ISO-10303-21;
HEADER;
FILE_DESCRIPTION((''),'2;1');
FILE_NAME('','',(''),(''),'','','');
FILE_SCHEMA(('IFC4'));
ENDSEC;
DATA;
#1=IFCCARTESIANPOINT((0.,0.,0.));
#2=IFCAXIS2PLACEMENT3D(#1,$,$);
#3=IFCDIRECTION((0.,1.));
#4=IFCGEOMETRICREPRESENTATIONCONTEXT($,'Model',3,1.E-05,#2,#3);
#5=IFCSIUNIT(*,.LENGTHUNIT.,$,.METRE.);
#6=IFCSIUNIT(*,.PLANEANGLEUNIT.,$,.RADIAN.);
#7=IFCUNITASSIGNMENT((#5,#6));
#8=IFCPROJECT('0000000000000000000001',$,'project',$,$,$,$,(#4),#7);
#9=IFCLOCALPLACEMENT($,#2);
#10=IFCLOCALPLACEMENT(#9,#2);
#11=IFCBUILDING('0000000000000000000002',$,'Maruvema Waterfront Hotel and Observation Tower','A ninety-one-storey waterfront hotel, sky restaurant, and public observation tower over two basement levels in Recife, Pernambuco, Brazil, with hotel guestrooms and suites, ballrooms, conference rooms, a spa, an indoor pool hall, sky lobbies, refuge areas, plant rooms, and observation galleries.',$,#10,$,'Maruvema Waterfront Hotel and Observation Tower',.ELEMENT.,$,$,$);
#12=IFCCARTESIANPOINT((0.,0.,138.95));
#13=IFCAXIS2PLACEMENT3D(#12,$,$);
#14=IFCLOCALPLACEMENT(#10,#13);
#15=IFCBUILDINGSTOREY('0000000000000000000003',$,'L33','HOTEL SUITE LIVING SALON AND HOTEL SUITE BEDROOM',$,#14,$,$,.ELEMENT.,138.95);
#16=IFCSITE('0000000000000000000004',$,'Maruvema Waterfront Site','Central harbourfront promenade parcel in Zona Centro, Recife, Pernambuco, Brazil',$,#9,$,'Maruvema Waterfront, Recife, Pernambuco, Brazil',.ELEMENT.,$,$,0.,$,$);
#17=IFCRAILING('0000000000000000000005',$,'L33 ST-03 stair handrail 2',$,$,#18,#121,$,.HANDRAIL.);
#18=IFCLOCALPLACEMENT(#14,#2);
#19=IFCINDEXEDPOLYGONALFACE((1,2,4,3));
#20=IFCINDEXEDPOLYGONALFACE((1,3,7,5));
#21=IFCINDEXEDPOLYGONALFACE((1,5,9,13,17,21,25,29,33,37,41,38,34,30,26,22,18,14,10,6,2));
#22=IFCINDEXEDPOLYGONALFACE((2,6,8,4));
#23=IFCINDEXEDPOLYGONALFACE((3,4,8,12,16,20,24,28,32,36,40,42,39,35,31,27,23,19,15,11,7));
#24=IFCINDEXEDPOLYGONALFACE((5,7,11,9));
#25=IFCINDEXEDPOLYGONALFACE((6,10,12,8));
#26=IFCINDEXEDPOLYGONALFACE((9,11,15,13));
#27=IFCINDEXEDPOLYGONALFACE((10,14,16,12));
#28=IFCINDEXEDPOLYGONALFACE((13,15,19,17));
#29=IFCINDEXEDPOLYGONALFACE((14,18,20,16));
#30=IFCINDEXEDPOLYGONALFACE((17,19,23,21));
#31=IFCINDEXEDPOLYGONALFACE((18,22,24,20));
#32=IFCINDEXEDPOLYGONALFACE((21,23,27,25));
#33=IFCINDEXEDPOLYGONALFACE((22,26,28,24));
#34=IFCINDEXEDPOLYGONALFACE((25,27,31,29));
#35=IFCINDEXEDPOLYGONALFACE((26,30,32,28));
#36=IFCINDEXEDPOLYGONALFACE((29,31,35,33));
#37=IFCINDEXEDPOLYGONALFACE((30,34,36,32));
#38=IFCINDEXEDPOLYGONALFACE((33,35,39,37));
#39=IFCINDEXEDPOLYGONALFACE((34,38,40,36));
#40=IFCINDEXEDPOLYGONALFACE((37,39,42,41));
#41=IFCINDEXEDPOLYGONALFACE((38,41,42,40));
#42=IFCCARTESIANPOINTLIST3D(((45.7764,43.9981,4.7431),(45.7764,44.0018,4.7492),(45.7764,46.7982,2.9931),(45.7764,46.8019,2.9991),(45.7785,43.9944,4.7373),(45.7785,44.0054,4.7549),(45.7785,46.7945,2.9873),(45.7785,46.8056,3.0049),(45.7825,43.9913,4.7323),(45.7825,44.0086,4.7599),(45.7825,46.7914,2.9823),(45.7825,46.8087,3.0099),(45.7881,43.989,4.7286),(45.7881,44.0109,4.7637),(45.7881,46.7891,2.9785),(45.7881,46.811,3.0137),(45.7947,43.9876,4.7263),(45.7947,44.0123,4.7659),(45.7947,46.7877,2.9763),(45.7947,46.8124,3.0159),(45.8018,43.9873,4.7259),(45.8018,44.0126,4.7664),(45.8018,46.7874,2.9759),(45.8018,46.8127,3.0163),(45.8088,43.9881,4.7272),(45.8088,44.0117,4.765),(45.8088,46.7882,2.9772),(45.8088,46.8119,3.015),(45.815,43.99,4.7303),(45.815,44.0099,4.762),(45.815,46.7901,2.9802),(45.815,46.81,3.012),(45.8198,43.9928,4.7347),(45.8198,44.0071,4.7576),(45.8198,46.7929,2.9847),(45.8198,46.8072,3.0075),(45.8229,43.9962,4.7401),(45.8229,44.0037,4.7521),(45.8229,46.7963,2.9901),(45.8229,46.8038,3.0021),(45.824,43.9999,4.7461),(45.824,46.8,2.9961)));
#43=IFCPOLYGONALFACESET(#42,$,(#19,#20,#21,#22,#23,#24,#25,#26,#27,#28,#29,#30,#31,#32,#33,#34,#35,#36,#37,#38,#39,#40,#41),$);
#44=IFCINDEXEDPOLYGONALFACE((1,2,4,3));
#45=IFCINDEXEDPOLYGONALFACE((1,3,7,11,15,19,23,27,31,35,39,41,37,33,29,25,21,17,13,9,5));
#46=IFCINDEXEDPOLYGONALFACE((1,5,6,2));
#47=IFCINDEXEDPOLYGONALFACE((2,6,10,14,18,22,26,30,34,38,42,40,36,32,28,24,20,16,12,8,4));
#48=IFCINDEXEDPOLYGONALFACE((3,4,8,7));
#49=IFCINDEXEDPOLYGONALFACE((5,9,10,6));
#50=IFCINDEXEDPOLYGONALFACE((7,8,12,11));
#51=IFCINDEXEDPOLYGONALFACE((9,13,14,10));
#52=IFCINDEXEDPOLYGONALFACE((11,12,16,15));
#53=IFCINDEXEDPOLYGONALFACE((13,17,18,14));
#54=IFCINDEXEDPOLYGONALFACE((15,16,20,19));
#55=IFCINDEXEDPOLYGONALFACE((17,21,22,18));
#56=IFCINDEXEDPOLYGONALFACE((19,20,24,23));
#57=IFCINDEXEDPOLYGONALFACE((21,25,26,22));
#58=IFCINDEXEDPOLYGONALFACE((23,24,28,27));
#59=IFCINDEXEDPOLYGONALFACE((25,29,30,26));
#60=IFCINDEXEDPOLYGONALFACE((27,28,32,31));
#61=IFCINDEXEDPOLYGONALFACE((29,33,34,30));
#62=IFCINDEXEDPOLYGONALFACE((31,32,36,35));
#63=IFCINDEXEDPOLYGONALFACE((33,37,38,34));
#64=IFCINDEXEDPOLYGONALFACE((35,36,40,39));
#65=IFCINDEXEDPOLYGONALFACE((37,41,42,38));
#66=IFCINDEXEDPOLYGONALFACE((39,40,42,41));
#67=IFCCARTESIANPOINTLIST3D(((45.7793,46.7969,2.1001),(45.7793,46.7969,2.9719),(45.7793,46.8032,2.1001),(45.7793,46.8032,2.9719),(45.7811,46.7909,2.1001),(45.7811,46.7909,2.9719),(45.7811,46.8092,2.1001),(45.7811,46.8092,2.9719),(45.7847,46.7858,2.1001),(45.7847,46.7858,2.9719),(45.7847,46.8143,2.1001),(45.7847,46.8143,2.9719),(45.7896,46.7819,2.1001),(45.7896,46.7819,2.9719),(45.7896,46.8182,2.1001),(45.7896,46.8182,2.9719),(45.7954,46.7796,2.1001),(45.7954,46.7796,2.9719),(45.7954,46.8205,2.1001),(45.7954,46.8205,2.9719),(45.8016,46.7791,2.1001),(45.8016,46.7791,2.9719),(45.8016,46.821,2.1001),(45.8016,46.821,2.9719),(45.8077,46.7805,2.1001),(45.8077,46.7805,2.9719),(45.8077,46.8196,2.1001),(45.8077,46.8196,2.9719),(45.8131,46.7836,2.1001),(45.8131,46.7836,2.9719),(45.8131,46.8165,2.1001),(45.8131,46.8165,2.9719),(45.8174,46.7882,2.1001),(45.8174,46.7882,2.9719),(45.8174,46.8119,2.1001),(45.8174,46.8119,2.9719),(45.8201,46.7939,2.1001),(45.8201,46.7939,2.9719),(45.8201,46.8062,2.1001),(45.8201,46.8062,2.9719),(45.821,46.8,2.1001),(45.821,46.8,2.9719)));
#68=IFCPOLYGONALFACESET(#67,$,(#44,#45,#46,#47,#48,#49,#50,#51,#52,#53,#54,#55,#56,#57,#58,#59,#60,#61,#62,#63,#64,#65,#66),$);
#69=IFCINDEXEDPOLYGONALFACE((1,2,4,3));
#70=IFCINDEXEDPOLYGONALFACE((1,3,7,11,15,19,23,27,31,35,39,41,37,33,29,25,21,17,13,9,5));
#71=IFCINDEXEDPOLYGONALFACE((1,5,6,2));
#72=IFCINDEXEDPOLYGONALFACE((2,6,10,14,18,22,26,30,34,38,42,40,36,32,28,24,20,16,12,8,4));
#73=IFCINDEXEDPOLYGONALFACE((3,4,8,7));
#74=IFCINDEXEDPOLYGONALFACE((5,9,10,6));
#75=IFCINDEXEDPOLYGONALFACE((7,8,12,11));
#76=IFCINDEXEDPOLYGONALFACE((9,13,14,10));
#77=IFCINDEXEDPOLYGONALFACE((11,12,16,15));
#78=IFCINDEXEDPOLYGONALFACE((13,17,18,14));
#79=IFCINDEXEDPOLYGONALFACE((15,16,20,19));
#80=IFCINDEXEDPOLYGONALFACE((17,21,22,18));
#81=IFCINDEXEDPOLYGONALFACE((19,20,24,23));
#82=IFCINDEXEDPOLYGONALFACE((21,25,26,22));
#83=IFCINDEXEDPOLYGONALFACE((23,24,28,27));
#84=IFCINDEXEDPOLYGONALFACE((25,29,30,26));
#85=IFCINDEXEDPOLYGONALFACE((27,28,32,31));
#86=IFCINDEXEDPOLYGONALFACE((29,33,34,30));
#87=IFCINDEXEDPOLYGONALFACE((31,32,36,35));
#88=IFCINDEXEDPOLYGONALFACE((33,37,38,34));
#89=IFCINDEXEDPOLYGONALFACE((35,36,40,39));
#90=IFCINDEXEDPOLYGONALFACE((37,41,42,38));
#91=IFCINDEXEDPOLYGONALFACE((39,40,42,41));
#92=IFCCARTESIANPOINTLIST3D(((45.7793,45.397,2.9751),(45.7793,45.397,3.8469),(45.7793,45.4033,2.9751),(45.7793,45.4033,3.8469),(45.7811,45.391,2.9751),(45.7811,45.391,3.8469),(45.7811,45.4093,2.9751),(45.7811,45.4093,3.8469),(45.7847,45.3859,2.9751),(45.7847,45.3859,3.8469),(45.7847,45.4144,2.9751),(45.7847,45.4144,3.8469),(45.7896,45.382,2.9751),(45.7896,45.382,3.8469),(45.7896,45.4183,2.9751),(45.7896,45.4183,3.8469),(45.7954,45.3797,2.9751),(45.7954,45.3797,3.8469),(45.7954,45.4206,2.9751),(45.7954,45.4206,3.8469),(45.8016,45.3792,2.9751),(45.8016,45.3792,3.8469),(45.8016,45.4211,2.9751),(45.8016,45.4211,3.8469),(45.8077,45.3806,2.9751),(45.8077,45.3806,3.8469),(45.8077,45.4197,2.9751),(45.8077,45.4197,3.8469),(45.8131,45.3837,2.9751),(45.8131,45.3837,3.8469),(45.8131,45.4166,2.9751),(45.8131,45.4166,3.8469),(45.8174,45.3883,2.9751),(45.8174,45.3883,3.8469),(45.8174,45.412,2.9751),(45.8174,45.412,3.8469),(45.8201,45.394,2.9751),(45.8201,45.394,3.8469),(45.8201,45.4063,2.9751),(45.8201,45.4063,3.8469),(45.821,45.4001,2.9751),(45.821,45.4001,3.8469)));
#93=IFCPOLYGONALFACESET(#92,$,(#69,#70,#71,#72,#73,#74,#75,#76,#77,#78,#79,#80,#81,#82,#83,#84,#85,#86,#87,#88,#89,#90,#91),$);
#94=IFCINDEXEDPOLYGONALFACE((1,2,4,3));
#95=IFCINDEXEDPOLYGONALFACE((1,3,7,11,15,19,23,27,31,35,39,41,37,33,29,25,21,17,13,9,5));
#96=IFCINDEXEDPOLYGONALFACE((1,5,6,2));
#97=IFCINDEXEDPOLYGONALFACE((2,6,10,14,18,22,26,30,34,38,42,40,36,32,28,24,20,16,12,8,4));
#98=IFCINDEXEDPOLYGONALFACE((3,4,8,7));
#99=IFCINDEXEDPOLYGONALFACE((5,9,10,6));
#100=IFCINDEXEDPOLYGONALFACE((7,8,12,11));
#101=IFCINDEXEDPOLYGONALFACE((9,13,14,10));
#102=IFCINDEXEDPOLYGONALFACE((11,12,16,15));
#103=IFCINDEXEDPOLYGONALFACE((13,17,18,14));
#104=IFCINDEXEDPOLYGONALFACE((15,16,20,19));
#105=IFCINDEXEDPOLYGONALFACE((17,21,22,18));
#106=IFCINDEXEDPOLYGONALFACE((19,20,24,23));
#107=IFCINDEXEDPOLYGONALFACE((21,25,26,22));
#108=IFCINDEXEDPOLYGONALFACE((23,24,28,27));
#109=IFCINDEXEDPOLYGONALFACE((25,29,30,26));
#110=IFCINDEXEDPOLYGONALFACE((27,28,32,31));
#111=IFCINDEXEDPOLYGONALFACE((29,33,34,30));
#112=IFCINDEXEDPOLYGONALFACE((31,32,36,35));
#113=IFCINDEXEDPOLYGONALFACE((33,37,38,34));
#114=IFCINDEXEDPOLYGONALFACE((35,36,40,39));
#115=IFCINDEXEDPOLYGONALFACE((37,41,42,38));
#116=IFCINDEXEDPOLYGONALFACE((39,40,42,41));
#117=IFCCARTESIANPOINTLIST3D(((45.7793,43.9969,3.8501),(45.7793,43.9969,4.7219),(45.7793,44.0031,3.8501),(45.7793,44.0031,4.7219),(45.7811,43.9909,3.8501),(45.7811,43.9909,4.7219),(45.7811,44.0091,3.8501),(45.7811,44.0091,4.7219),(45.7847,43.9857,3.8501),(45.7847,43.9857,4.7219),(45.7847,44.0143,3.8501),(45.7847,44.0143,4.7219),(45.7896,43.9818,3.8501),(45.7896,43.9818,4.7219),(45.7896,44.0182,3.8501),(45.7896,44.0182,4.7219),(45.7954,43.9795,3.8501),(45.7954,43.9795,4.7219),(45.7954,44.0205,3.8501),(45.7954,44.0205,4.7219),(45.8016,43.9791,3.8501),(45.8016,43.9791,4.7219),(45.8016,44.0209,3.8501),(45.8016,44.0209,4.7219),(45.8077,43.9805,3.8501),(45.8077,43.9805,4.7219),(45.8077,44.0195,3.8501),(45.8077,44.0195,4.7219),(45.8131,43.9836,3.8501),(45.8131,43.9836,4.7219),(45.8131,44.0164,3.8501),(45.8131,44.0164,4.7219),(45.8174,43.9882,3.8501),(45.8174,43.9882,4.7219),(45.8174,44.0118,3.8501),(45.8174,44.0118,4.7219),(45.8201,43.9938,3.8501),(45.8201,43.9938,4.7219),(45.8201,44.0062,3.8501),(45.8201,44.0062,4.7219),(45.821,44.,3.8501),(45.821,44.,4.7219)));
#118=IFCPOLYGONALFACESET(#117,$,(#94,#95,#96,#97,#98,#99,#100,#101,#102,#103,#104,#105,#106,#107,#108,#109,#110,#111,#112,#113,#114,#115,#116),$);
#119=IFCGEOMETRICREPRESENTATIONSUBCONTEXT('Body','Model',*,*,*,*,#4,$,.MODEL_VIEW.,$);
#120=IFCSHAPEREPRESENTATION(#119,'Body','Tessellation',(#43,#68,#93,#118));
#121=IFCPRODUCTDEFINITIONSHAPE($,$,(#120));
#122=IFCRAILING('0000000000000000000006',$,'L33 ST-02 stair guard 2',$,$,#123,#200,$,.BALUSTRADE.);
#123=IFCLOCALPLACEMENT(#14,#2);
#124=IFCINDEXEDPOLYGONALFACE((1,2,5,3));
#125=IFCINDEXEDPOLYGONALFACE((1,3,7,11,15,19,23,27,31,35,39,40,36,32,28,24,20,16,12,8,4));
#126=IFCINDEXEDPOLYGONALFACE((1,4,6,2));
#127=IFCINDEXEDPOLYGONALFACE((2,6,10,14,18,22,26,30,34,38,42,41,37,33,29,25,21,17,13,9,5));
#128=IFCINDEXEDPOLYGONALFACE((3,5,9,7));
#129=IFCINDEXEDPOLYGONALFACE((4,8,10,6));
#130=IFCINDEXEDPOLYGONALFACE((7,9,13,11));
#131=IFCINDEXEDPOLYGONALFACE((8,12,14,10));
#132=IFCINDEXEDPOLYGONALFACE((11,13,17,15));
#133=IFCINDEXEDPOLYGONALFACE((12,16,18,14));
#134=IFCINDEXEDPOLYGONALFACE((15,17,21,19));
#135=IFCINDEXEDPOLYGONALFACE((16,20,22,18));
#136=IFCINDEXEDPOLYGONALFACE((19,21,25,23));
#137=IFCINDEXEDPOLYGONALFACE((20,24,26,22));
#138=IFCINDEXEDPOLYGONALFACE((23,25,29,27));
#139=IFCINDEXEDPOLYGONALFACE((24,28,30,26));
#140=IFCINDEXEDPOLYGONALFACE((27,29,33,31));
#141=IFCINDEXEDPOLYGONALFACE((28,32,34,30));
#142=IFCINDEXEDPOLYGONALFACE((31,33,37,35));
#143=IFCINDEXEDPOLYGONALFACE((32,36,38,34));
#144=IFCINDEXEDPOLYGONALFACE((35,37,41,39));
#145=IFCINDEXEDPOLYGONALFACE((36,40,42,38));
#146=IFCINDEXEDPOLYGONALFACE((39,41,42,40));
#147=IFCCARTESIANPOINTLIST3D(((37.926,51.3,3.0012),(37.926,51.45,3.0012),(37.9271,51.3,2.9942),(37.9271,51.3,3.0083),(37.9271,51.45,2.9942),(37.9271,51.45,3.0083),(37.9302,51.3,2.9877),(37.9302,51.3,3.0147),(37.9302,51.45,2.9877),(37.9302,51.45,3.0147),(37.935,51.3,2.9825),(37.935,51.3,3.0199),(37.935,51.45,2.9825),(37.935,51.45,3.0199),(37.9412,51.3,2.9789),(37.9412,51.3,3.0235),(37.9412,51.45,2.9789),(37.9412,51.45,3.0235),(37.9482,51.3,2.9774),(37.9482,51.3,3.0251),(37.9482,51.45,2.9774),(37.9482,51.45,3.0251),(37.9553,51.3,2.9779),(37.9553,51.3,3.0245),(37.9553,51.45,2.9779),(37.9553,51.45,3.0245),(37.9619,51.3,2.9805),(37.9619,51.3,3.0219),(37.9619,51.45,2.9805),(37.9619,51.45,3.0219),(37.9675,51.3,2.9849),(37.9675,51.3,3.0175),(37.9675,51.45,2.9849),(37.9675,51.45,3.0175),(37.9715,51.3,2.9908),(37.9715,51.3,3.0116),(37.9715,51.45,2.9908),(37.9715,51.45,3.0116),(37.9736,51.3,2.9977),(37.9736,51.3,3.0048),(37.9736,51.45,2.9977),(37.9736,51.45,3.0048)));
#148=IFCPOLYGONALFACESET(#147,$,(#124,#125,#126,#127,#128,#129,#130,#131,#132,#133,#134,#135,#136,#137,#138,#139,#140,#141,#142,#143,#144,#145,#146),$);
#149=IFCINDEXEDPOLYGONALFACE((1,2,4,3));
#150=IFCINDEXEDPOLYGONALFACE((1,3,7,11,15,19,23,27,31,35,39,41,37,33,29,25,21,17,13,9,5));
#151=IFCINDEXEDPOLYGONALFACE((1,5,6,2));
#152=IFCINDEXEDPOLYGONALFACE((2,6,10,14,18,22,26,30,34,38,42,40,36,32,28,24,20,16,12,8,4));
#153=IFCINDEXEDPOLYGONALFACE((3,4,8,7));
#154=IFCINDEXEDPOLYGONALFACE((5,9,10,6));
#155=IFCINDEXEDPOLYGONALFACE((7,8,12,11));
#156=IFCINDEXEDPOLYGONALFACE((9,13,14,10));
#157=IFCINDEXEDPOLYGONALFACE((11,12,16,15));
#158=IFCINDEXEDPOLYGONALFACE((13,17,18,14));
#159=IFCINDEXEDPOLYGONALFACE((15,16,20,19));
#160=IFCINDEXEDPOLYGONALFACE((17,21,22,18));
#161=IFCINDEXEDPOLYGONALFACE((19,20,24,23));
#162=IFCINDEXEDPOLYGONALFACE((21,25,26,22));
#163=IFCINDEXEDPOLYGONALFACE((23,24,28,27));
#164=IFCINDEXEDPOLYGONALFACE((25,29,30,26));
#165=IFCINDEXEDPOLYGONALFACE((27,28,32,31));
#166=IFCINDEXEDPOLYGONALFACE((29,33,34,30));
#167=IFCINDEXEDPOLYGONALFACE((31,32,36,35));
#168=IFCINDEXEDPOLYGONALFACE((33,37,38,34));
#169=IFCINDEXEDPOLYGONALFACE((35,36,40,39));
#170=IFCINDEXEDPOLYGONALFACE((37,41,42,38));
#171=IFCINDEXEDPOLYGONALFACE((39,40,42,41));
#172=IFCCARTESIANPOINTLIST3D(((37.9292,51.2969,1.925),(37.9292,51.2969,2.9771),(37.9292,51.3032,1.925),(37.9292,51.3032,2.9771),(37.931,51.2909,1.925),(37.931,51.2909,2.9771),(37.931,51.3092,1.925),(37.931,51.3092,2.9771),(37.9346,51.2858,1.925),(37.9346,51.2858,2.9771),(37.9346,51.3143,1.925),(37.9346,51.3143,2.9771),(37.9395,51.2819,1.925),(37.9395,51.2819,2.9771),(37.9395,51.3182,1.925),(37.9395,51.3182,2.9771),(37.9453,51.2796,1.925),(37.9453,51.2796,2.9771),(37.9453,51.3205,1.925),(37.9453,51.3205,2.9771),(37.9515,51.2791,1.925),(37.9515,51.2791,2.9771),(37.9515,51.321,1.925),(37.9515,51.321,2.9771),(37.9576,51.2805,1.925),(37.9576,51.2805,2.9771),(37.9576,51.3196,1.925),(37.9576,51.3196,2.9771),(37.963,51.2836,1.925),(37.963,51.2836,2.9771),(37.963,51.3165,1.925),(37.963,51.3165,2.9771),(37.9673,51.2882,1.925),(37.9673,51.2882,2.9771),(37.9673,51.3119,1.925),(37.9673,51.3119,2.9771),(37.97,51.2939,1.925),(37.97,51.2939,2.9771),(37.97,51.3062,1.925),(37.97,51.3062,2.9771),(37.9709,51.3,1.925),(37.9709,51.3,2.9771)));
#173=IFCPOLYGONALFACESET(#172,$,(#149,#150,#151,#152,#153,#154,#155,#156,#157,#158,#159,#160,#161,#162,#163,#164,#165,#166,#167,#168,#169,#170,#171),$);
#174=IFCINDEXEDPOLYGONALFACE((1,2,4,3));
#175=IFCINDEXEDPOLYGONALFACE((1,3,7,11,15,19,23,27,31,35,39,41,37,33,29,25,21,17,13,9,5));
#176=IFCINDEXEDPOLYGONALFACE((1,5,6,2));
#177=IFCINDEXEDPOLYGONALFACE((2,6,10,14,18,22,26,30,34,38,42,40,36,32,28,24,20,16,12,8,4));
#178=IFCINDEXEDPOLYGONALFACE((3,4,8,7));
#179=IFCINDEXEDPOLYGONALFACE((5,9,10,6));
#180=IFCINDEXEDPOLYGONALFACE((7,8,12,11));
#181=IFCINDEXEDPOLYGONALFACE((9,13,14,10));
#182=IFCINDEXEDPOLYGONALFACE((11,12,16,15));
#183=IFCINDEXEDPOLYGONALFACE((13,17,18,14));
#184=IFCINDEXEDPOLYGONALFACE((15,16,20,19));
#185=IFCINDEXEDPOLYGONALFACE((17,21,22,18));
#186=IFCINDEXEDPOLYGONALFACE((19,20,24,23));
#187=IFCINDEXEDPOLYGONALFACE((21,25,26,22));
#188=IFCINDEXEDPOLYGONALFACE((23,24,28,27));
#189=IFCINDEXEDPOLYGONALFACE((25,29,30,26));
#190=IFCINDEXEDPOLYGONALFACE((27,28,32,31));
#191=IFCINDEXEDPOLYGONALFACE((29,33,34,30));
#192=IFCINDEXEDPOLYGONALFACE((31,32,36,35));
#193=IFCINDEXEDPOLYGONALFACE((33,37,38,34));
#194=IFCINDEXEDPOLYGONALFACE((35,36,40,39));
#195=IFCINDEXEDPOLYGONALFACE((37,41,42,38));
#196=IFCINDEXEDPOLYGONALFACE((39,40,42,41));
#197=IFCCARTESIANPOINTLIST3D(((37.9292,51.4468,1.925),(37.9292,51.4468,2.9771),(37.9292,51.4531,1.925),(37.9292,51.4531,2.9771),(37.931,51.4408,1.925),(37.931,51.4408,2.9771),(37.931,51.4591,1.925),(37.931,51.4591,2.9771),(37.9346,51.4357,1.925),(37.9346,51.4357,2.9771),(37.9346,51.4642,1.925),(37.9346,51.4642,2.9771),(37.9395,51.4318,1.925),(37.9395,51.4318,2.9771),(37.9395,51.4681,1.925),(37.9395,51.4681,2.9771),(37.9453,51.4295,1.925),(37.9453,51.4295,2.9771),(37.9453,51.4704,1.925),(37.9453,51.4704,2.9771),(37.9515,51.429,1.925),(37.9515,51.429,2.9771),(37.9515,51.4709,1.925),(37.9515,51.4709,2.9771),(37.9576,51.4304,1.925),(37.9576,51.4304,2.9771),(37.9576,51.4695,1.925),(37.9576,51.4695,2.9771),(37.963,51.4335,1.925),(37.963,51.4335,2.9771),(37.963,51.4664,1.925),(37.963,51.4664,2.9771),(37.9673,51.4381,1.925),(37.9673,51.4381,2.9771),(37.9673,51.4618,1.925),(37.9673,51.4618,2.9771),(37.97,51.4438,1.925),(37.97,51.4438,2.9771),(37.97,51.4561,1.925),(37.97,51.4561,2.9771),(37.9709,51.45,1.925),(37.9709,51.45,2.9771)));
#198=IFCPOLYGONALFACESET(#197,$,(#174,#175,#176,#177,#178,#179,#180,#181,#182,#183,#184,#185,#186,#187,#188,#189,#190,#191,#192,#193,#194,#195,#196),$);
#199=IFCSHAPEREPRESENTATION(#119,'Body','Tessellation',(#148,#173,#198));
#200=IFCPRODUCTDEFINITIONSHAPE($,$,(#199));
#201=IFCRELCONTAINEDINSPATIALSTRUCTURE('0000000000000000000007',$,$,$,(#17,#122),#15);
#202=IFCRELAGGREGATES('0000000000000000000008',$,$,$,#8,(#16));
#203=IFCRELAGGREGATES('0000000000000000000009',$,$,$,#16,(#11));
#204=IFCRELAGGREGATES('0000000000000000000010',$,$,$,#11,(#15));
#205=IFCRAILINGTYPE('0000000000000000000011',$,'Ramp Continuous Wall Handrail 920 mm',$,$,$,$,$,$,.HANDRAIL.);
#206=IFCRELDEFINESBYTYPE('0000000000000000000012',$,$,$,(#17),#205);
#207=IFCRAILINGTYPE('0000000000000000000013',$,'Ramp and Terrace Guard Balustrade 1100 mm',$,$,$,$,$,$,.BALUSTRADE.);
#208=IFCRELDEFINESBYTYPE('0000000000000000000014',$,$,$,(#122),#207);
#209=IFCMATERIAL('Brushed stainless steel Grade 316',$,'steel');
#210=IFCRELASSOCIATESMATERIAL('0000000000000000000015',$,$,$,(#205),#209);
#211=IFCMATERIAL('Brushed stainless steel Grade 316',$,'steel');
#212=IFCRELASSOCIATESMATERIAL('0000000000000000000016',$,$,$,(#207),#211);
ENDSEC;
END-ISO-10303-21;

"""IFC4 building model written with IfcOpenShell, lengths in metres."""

from ifc_helpers import new_model, si_unit, direction, frame, origin, origin_2d, place, context, subcontext, project, spatial, circle, extrude, material, type_object, element, save


model = new_model("IFC4")

# Units and contexts
model_context = context("Model", 3, precision=1e-05, world=origin(), true_north=direction((0.0, 1.0)))
body_context = subcontext(model_context, "Body", "Model", "MODEL_VIEW")
ifc_project = project(units=[si_unit("LENGTHUNIT", "METRE"), si_unit("PLANEANGLEUNIT", "RADIAN")], contexts=[model_context])

# Site, building, storey
site_placement = place(None, origin())
site = spatial("IfcSite", under=ifc_project, at=site_placement, Name="Maruvema Waterfront Site", Description="Central harbourfront promenade parcel in Zona Centro, Recife, Pernambuco, Brazil", LongName="Maruvema Waterfront, Recife, Pernambuco, Brazil", CompositionType="ELEMENT", RefElevation=0.0)
building_placement = place(site_placement, origin())
building = spatial("IfcBuilding", under=site, at=building_placement, Name="Maruvema Waterfront Hotel and Observation Tower", Description="A ninety-one-storey waterfront hotel, sky restaurant, and public observation tower over two basement levels in Recife, Pernambuco, Brazil, with hotel guestrooms and suites, ballrooms, conference rooms, a spa, an indoor pool hall, sky lobbies, refuge areas, plant rooms, and observation galleries.", LongName="Maruvema Waterfront Hotel and Observation Tower", CompositionType="ELEMENT")
storey_placement = place(building_placement, frame((0.0, 0.0, 138.95)))
storey = spatial("IfcBuildingStorey", under=building, at=storey_placement, Name="L33", Description="HOTEL SUITE LIVING SALON AND HOTEL SUITE BEDROOM", CompositionType="ELEMENT", Elevation=138.95)

# Railings
ifc_material_1 = material(Name="Brushed stainless steel Grade 316", Category="steel")
railing_type_1 = type_object("IfcRailingType", Name="Ramp Continuous Wall Handrail 920 mm", PredefinedType="HANDRAIL", material=ifc_material_1)
railing_1_placement = place(storey_placement, frame((45.8, 46.8, 2.1001)))
element("IfcRailing", 1, at=railing_1_placement, inside=storey, type_object=railing_type_1, Name="L33 ST-03 stair handrail 2", PredefinedType="HANDRAIL", context=body_context, shape_type="SweptSolid", body=[
    extrude(circle(Radius=0.0239, at=origin_2d()), frame((0.0, 0.0, 0.896), z_axis=(0.0, -0.848002, 0.529992), x_axis=(1.0, 0.0, 0.0)), (0.0, 0.0, 1.0), 3.302),
    extrude(circle(Radius=0.021, at=origin_2d()), origin(), (0.0, 0.0, 1.0), 0.8718),
    extrude(circle(Radius=0.021, at=origin_2d()), frame((0.0, -1.3999, 0.875)), (0.0, 0.0, 1.0), 0.8718),
    extrude(circle(Radius=0.021, at=origin_2d()), frame((0.0, -2.8, 1.75)), (0.0, 0.0, 1.0), 0.8718),
])
ifc_material_2 = material(Name="Brushed stainless steel Grade 316", Category="steel")
railing_type_2 = type_object("IfcRailingType", Name="Ramp and Terrace Guard Balustrade 1100 mm", PredefinedType="BALUSTRADE", material=ifc_material_2)
railing_2_placement = place(storey_placement, frame((37.95, 51.3, 1.925)))
element("IfcRailing", 2, at=railing_2_placement, inside=storey, type_object=railing_type_2, Name="L33 ST-02 stair guard 2", PredefinedType="BALUSTRADE", context=body_context, shape_type="SweptSolid", body=[
    extrude(circle(Radius=0.0239, at=origin_2d()), frame((0.0, 0.0, 1.0762), z_axis=(0.0, 1.0, 0.0), x_axis=(-1.0, 0.0, 0.0)), (0.0, 0.0, 1.0), 0.1499),
    extrude(circle(Radius=0.021, at=origin_2d()), origin(), (0.0, 0.0, 1.0), 1.052),
    extrude(circle(Radius=0.021, at=origin_2d()), frame((0.0, 0.1499, 0.0)), (0.0, 0.0, 1.0), 1.052),
])

save(model, "model.ifc")
